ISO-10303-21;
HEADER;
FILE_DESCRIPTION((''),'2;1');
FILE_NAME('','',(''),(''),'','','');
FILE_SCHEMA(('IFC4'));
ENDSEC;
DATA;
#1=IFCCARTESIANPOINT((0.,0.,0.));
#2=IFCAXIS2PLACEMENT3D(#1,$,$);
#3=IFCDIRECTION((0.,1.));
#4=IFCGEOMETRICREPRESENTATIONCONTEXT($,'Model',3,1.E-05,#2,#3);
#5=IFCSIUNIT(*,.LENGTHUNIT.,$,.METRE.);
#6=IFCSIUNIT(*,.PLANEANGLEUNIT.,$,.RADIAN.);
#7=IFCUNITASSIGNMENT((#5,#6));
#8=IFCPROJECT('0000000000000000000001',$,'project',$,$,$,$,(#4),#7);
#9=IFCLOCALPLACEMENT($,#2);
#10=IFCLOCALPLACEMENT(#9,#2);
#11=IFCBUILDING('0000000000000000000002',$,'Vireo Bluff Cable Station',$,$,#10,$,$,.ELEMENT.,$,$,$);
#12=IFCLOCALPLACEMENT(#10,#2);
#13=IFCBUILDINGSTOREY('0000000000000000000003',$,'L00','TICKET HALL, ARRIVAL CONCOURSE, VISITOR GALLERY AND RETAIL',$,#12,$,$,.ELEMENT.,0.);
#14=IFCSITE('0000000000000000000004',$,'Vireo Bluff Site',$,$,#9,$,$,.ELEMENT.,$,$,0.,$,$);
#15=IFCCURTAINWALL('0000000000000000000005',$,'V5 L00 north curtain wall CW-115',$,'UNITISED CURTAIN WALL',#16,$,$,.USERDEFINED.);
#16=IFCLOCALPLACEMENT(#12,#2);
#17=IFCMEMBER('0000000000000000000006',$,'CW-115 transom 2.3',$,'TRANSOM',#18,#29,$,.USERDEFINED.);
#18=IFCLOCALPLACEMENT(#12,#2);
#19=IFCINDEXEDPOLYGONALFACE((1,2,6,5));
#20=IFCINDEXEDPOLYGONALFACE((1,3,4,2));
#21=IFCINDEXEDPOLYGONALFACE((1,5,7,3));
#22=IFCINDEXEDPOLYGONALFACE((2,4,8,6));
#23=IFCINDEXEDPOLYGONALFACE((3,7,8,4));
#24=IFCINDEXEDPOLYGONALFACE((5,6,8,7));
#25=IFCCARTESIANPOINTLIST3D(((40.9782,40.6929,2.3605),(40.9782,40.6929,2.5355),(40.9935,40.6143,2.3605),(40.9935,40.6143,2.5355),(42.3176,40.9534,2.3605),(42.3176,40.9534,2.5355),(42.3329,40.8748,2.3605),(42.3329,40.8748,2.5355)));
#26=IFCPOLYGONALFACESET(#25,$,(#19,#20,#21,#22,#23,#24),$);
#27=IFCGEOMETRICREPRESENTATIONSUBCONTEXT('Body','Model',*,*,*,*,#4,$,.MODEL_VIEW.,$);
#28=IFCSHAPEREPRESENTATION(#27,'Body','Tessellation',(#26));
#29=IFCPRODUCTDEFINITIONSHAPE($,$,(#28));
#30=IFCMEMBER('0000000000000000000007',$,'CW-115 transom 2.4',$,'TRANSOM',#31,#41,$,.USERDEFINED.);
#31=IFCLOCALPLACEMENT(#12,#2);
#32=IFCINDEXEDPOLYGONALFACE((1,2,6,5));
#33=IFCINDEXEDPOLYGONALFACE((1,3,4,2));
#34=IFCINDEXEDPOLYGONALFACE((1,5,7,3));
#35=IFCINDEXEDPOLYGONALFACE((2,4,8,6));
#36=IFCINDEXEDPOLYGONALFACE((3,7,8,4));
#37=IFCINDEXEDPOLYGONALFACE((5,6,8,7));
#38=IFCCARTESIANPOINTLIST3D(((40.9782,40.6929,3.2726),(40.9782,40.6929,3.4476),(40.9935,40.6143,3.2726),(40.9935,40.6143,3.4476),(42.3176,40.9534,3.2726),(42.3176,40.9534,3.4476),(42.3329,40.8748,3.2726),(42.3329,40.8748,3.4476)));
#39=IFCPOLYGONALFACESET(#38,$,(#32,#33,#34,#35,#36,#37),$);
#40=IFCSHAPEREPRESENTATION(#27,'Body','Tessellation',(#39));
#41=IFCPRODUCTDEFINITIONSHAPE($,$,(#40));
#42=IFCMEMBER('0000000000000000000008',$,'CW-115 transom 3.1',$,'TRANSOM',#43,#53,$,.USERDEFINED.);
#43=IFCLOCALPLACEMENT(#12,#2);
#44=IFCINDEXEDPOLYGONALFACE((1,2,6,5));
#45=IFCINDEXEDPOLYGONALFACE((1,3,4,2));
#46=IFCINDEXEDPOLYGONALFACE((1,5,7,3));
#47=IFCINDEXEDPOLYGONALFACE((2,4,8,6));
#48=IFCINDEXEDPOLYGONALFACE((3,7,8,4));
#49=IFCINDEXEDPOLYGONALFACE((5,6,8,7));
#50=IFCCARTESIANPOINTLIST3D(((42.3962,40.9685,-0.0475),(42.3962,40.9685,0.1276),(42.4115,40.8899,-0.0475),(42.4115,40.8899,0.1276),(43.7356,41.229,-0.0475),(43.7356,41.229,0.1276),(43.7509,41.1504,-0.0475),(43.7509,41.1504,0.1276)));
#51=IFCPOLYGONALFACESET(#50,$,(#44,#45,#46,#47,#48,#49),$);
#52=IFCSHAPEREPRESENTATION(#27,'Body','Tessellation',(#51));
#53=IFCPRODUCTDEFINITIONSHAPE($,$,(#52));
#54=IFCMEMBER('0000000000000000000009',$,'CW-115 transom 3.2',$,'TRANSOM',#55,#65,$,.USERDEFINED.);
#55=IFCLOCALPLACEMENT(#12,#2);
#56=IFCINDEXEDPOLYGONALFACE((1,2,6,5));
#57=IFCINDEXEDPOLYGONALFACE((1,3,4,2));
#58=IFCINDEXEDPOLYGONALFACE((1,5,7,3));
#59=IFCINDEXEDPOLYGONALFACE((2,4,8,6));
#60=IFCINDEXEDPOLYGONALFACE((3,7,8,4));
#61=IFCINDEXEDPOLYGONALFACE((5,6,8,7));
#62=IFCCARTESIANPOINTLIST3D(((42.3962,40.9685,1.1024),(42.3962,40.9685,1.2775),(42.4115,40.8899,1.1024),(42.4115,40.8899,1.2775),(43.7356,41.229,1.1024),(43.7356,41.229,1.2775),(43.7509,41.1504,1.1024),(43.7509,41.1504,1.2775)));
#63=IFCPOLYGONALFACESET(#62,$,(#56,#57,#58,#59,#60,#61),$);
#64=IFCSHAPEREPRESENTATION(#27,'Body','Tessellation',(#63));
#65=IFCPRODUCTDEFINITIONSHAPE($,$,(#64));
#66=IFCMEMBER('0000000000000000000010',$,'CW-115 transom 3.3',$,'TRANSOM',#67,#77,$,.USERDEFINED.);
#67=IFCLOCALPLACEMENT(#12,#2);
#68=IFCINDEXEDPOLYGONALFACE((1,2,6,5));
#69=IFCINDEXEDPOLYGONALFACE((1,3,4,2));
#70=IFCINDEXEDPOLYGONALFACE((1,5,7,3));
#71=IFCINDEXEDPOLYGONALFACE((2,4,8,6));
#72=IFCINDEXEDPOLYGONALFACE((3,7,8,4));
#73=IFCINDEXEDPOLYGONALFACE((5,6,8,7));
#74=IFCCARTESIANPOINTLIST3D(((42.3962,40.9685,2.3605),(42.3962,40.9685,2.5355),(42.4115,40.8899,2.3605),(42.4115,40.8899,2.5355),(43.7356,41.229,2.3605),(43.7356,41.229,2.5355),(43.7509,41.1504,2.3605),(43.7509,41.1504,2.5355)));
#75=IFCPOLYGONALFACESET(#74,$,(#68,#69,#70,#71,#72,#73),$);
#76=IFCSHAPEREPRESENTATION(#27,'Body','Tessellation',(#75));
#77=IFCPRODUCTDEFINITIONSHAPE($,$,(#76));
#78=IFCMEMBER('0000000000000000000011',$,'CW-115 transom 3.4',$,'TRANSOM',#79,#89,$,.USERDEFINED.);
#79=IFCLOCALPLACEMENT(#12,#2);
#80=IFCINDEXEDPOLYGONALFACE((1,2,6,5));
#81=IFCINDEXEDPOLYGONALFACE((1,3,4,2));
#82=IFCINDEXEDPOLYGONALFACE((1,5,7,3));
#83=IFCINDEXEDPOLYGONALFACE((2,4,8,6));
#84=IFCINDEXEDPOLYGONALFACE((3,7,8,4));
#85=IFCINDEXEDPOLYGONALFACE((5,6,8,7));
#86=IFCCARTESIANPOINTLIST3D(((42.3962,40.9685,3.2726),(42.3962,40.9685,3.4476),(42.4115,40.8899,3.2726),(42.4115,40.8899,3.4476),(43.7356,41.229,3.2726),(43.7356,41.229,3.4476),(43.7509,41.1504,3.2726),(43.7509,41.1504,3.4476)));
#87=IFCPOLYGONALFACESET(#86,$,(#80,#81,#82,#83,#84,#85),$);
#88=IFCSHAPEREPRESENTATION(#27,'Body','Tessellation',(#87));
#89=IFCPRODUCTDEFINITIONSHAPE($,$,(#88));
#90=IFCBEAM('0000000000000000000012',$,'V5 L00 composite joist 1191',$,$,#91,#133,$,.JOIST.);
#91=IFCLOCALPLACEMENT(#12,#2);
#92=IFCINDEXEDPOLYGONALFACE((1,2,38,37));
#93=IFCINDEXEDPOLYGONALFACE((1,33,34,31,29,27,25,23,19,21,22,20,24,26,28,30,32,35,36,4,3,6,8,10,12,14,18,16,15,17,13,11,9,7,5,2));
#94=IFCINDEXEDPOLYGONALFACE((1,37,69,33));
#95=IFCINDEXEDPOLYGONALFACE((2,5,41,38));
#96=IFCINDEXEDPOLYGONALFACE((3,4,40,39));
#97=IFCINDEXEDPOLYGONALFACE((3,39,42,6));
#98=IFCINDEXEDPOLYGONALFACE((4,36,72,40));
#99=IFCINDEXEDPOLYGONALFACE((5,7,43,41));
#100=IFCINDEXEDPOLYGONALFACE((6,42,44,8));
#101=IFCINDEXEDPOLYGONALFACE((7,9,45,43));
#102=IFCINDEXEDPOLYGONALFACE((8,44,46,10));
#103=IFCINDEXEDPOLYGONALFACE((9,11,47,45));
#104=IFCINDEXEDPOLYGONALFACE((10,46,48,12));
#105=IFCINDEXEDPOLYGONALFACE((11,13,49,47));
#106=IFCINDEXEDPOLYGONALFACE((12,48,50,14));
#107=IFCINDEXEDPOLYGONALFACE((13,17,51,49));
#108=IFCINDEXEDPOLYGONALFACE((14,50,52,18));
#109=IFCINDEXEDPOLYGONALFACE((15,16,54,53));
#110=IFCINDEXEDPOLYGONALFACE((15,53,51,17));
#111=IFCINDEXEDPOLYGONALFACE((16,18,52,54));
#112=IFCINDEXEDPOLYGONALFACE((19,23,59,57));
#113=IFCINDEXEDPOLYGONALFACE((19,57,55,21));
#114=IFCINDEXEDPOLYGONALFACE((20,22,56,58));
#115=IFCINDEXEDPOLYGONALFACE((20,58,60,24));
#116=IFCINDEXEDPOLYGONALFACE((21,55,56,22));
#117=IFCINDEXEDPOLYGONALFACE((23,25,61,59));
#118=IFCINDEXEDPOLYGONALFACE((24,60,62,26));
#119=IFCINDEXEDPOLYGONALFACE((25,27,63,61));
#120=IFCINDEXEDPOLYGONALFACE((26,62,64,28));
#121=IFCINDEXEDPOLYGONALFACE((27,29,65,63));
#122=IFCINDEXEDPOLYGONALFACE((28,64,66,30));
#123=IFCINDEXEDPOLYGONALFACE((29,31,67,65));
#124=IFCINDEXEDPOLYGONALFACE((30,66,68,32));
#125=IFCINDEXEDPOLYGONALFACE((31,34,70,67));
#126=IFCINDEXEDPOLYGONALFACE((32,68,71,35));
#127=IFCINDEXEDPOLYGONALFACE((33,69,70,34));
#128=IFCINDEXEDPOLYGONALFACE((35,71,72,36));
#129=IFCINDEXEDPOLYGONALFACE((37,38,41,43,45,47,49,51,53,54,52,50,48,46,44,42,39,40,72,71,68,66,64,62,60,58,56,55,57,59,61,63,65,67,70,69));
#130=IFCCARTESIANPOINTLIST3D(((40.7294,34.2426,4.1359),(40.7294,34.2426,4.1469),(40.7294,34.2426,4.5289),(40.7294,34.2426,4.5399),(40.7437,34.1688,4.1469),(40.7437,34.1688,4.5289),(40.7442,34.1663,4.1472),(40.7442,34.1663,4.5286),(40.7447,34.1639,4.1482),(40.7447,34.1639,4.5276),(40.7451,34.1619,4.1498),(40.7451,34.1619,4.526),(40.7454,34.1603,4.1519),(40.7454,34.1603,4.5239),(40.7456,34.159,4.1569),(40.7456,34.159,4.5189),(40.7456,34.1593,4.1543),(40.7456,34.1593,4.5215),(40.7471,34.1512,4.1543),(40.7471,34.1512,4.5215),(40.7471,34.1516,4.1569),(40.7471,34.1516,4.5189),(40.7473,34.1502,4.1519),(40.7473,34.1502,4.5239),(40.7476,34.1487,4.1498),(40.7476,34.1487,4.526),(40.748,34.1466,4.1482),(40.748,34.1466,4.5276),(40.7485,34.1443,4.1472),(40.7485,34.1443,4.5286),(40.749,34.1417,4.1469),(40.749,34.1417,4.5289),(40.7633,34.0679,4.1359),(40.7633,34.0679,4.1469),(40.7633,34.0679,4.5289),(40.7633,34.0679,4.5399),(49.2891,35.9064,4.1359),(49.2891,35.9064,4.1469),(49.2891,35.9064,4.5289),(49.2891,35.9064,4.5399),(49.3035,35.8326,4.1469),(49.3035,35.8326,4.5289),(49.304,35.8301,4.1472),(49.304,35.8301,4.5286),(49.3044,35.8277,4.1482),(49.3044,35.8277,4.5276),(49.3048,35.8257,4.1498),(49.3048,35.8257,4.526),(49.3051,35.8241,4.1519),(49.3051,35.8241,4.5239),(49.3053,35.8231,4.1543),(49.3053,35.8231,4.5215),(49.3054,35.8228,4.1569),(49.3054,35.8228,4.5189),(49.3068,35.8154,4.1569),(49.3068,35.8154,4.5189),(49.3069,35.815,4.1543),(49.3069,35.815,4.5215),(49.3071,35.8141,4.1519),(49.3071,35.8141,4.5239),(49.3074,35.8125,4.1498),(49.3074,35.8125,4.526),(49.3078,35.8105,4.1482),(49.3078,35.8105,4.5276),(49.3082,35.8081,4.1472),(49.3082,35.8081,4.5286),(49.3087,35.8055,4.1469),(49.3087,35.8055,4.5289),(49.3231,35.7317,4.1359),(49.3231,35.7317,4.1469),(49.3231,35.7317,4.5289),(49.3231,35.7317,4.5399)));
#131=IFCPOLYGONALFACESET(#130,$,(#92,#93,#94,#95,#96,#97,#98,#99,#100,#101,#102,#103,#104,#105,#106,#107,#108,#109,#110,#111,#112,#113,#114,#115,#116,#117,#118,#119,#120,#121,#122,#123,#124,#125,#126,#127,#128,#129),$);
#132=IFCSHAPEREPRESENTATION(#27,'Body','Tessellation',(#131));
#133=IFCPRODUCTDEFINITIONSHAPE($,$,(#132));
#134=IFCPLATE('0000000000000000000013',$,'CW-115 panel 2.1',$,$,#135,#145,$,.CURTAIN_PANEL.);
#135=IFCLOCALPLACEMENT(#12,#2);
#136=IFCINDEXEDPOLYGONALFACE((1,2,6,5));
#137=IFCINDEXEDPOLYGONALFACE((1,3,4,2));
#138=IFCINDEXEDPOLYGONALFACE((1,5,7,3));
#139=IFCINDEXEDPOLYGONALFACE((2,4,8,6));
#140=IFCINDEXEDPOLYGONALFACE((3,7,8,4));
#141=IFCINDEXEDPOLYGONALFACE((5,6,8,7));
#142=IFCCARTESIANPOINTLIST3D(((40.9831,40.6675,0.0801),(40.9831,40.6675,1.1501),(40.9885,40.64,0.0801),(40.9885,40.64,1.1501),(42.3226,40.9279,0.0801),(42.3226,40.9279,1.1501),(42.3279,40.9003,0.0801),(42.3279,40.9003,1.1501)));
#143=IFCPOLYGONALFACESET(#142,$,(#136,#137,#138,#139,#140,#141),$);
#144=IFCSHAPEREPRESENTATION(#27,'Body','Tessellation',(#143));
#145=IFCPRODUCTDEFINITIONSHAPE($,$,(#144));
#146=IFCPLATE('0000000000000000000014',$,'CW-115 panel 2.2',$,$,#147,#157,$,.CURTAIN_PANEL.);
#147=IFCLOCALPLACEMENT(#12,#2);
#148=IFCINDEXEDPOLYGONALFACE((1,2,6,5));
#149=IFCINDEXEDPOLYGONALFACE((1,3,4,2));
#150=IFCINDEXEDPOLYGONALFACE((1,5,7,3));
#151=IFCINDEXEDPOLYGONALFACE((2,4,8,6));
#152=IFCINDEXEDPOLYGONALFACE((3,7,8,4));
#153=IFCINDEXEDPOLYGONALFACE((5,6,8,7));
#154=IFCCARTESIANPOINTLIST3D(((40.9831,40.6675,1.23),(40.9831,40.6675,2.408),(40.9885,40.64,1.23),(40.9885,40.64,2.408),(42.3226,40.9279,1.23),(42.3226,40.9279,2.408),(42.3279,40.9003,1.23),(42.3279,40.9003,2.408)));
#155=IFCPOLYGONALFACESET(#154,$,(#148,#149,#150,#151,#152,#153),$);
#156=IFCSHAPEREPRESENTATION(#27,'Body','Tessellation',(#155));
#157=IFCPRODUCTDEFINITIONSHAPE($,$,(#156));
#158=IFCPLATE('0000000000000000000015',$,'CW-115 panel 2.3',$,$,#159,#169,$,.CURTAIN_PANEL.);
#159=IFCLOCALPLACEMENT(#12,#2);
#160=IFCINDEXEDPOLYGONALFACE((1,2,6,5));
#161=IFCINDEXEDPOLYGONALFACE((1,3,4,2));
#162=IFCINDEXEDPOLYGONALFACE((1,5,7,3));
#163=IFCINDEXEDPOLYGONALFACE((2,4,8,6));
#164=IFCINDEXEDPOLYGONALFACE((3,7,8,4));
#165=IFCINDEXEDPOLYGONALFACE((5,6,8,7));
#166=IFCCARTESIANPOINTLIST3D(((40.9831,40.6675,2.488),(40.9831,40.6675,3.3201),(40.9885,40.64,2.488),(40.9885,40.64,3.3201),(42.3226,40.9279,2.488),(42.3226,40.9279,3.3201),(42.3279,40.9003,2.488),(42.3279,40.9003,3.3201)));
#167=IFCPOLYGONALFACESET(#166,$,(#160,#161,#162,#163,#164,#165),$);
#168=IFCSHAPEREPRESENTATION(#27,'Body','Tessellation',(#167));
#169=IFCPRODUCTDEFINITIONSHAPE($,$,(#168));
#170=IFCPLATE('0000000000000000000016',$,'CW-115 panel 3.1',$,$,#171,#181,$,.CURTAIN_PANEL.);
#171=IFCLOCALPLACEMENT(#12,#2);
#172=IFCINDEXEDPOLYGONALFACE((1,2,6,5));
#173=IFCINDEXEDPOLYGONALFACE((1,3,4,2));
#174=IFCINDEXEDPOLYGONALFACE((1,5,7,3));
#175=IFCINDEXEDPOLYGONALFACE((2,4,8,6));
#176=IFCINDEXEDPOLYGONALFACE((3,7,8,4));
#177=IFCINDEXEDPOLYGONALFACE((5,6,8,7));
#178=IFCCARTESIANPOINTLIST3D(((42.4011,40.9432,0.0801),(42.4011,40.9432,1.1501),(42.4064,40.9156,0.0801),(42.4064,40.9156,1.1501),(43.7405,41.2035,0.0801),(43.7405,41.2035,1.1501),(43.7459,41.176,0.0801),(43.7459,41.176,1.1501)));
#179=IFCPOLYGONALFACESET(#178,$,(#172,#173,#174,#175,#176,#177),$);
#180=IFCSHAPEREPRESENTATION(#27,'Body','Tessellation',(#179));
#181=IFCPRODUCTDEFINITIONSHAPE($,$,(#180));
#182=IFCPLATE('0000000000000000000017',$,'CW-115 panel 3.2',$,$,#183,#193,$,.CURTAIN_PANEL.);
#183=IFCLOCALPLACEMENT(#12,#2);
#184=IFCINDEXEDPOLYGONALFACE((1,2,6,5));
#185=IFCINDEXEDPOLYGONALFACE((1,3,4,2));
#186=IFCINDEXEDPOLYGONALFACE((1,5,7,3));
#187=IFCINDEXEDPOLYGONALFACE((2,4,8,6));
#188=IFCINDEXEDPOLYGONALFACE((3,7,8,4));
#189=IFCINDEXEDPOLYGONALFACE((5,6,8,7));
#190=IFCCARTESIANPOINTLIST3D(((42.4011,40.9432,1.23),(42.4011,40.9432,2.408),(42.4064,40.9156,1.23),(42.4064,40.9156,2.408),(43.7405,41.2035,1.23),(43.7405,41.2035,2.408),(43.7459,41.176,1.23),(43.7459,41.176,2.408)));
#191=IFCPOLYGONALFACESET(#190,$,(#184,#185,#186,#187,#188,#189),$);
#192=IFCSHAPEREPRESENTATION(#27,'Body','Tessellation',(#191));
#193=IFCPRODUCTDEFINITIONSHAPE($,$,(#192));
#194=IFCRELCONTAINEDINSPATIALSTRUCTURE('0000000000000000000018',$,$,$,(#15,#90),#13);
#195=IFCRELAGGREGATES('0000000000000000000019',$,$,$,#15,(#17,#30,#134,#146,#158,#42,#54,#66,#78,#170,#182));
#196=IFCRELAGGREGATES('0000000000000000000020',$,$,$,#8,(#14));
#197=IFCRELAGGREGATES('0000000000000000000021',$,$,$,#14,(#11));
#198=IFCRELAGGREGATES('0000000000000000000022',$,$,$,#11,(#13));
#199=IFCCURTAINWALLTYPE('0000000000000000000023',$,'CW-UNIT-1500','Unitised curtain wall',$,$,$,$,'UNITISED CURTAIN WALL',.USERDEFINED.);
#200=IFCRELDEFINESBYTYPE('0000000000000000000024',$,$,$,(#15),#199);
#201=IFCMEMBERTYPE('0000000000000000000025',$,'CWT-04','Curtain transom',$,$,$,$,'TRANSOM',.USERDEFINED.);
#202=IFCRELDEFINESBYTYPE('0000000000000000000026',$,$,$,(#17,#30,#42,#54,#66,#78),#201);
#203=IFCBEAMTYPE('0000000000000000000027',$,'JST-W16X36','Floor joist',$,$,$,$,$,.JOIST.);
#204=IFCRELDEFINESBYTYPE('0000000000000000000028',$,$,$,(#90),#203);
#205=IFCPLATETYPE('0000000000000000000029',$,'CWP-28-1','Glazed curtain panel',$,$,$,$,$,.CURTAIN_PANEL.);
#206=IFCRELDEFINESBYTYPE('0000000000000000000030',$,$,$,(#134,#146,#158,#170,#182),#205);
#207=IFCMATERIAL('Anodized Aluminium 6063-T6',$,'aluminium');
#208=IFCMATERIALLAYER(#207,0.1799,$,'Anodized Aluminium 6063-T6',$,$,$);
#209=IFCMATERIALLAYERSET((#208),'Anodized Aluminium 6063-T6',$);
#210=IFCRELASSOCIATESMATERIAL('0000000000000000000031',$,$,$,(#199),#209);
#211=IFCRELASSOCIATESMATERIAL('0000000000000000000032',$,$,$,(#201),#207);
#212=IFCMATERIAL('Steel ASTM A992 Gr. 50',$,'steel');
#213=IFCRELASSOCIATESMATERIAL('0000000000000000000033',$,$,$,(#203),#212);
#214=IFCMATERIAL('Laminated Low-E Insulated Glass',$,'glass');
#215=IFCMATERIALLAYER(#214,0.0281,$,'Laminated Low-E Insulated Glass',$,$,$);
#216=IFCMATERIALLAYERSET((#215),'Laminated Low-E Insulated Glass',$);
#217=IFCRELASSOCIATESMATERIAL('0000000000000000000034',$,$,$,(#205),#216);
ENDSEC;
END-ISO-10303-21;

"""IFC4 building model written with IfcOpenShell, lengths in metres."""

from ifc_helpers import new_model, si_unit, direction, frame, origin, origin_2d, place, context, subcontext, project, spatial, rectangle, i_section, extrude, material, layer, layer_set, material_profile, profile_set, type_object, element, aggregate, save


model = new_model("IFC4")

# Units and contexts
model_context = context("Model", 3, precision=1e-05, world=origin(), true_north=direction((0.0, 1.0)))
body_context = subcontext(model_context, "Body", "Model", "MODEL_VIEW")
ifc_project = project(units=[si_unit("LENGTHUNIT", "METRE"), si_unit("PLANEANGLEUNIT", "RADIAN")], contexts=[model_context])

# Site, building, storey
site_placement = place(None, origin())
site = spatial("IfcSite", under=ifc_project, at=site_placement, Name="Vireo Bluff Site", CompositionType="ELEMENT", RefElevation=0.0)
building_placement = place(site_placement, origin())
building = spatial("IfcBuilding", under=site, at=building_placement, Name="Vireo Bluff Cable Station", CompositionType="ELEMENT")
storey_placement = place(building_placement, origin())
storey = spatial("IfcBuildingStorey", under=building, at=storey_placement, Name="L00", Description="TICKET HALL, ARRIVAL CONCOURSE, VISITOR GALLERY AND RETAIL", CompositionType="ELEMENT", Elevation=0.0)

# Shared definitions
ifc_material_1 = material(Name="Anodized Aluminium 6063-T6", Category="aluminium")

# Curtain wall
ifc_layer_1 = layer(ifc_material_1, 0.1799, Name="Anodized Aluminium 6063-T6")
ifc_layer_set_1 = layer_set([ifc_layer_1], Name="Anodized Aluminium 6063-T6")
curtain_wall_type_1 = type_object("IfcCurtainWallType", Name="CW-UNIT-1500", Description="Unitised curtain wall", ElementType="UNITISED CURTAIN WALL", PredefinedType="USERDEFINED", material=ifc_layer_set_1)
curtain_wall_1_placement = place(storey_placement, origin())
curtain_wall_1 = element("IfcCurtainWall", 1, at=curtain_wall_1_placement, inside=storey, type_object=curtain_wall_type_1, Name="V5 L00 north curtain wall CW-115", ObjectType="UNITISED CURTAIN WALL", PredefinedType="USERDEFINED")

# Members
ifc_material_profile_1 = material_profile(ifc_material_1, rectangle(XDim=0.0801, YDim=0.175, at=origin_2d()), Name="ALU-T-80X175")
ifc_profile_set_1 = profile_set([ifc_material_profile_1], Name="Anodized Aluminium 6063-T6")
member_type_1 = type_object("IfcMemberType", Name="CWT-04", Description="Curtain transom", ElementType="TRANSOM", PredefinedType="USERDEFINED", material=ifc_profile_set_1)
member_1_placement = place(storey_placement, frame((40.9858, 40.6536, 2.448), z_axis=(0.981606, 0.190918, 0.0), x_axis=(-0.190918, 0.981606, 0.0)))
member_1 = element("IfcMember", 2, at=member_1_placement, type_object=member_type_1, Name="CW-115 transom 2.3", ObjectType="TRANSOM", PredefinedType="USERDEFINED", context=body_context, shape_type="SweptSolid", body=[
    extrude(rectangle(XDim=0.0801, YDim=0.175, at=origin_2d()), origin(), (0.0, 0.0, 1.0), 1.3645),
])
member_2_placement = place(storey_placement, frame((40.9858, 40.6536, 3.3601), z_axis=(0.981606, 0.190918, 0.0), x_axis=(-0.190918, 0.981606, 0.0)))
member_2 = element("IfcMember", 3, at=member_2_placement, type_object=member_type_1, Name="CW-115 transom 2.4", ObjectType="TRANSOM", PredefinedType="USERDEFINED", context=body_context, shape_type="SweptSolid", body=[
    extrude(rectangle(XDim=0.0801, YDim=0.175, at=origin_2d()), origin(), (0.0, 0.0, 1.0), 1.3645),
])
member_3_placement = place(storey_placement, frame((42.4038, 40.9292, 0.04), z_axis=(0.981606, 0.190918, 0.0), x_axis=(-0.190918, 0.981606, 0.0)))
member_3 = element("IfcMember", 4, at=member_3_placement, type_object=member_type_1, Name="CW-115 transom 3.1", ObjectType="TRANSOM", PredefinedType="USERDEFINED", context=body_context, shape_type="SweptSolid", body=[
    extrude(rectangle(XDim=0.0801, YDim=0.175, at=origin_2d()), origin(), (0.0, 0.0, 1.0), 1.3645),
])
member_4_placement = place(storey_placement, frame((42.4038, 40.9292, 1.1899), z_axis=(0.981606, 0.190918, 0.0), x_axis=(-0.190918, 0.981606, 0.0)))
member_4 = element("IfcMember", 5, at=member_4_placement, type_object=member_type_1, Name="CW-115 transom 3.2", ObjectType="TRANSOM", PredefinedType="USERDEFINED", context=body_context, shape_type="SweptSolid", body=[
    extrude(rectangle(XDim=0.0801, YDim=0.175, at=origin_2d()), origin(), (0.0, 0.0, 1.0), 1.3645),
])
member_5_placement = place(storey_placement, frame((42.4038, 40.9292, 2.448), z_axis=(0.981606, 0.190918, 0.0), x_axis=(-0.190918, 0.981606, 0.0)))
member_5 = element("IfcMember", 6, at=member_5_placement, type_object=member_type_1, Name="CW-115 transom 3.3", ObjectType="TRANSOM", PredefinedType="USERDEFINED", context=body_context, shape_type="SweptSolid", body=[
    extrude(rectangle(XDim=0.0801, YDim=0.175, at=origin_2d()), origin(), (0.0, 0.0, 1.0), 1.3645),
])
member_6_placement = place(storey_placement, frame((42.4038, 40.9292, 3.3601), z_axis=(0.981606, 0.190918, 0.0), x_axis=(-0.190918, 0.981606, 0.0)))
member_6 = element("IfcMember", 7, at=member_6_placement, type_object=member_type_1, Name="CW-115 transom 3.4", ObjectType="TRANSOM", PredefinedType="USERDEFINED", context=body_context, shape_type="SweptSolid", body=[
    extrude(rectangle(XDim=0.0801, YDim=0.175, at=origin_2d()), origin(), (0.0, 0.0, 1.0), 1.3645),
])

# Beam
ifc_material_2 = material(Name="Steel ASTM A992 Gr. 50", Category="steel")
ifc_material_profile_2 = material_profile(ifc_material_2, i_section(OverallWidth=0.178, OverallDepth=0.4041, WebThickness=0.0076, FlangeThickness=0.011, FilletRadius=0.01, at=origin_2d()), Name="W16X36")
ifc_profile_set_2 = profile_set([ifc_material_profile_2], Name="Steel ASTM A992 Gr. 50")
beam_type = type_object("IfcBeamType", Name="JST-W16X36", Description="Floor joist", PredefinedType="JOIST", material=ifc_profile_set_2)
beam_placement = place(storey_placement, frame((40.7463, 34.1553, 4.3379), z_axis=(0.981628, 0.190804, 0.0), x_axis=(-0.190804, 0.981628, 0.0)))
element("IfcBeam", 8, at=beam_placement, inside=storey, type_object=beam_type, Name="V5 L00 composite joist 1191", PredefinedType="JOIST", context=body_context, shape_type="SweptSolid", body=[
    extrude(i_section(OverallWidth=0.178, OverallDepth=0.4041, WebThickness=0.0076, FlangeThickness=0.011, FilletRadius=0.01, at=origin_2d()), origin(), (0.0, 0.0, 1.0), 8.72),
])

# Plates
ifc_material_3 = material(Name="Laminated Low-E Insulated Glass", Category="glass")
ifc_layer_2 = layer(ifc_material_3, 0.0281, Name="Laminated Low-E Insulated Glass")
ifc_layer_set_2 = layer_set([ifc_layer_2], Name="Laminated Low-E Insulated Glass")
plate_type = type_object("IfcPlateType", Name="CWP-28-1", Description="Glazed curtain panel", PredefinedType="CURTAIN_PANEL", material=ifc_layer_set_2)
plate_1_placement = place(storey_placement, frame((41.6555, 40.7839, 0.0801), z_axis=(0.0, 0.0, 1.0), x_axis=(0.981627, 0.190809, 0.0)))
plate_1 = element("IfcPlate", 9, at=plate_1_placement, type_object=plate_type, Name="CW-115 panel 2.1", PredefinedType="CURTAIN_PANEL", context=body_context, shape_type="SweptSolid", body=[
    extrude(rectangle(XDim=1.3645, YDim=0.0281, at=origin_2d()), origin(), (0.0, 0.0, 1.0), 1.0701),
])
plate_2_placement = place(storey_placement, frame((41.6555, 40.7839, 1.23), z_axis=(0.0, 0.0, 1.0), x_axis=(0.981627, 0.190809, 0.0)))
plate_2 = element("IfcPlate", 10, at=plate_2_placement, type_object=plate_type, Name="CW-115 panel 2.2", PredefinedType="CURTAIN_PANEL", context=body_context, shape_type="SweptSolid", body=[
    extrude(rectangle(XDim=1.3645, YDim=0.0281, at=origin_2d()), origin(), (0.0, 0.0, 1.0), 1.178),
])
plate_3_placement = place(storey_placement, frame((41.6555, 40.7839, 2.488), z_axis=(0.0, 0.0, 1.0), x_axis=(0.981627, 0.190809, 0.0)))
plate_3 = element("IfcPlate", 11, at=plate_3_placement, type_object=plate_type, Name="CW-115 panel 2.3", PredefinedType="CURTAIN_PANEL", context=body_context, shape_type="SweptSolid", body=[
    extrude(rectangle(XDim=1.3645, YDim=0.0281, at=origin_2d()), origin(), (0.0, 0.0, 1.0), 0.832),
])
plate_4_placement = place(storey_placement, frame((43.0735, 41.0596, 0.0801), z_axis=(0.0, 0.0, 1.0), x_axis=(0.981627, 0.190809, 0.0)))
plate_4 = element("IfcPlate", 12, at=plate_4_placement, type_object=plate_type, Name="CW-115 panel 3.1", PredefinedType="CURTAIN_PANEL", context=body_context, shape_type="SweptSolid", body=[
    extrude(rectangle(XDim=1.3645, YDim=0.0281, at=origin_2d()), origin(), (0.0, 0.0, 1.0), 1.0701),
])
plate_5_placement = place(storey_placement, frame((43.0735, 41.0596, 1.23), z_axis=(0.0, 0.0, 1.0), x_axis=(0.981627, 0.190809, 0.0)))
plate_5 = element("IfcPlate", 13, at=plate_5_placement, type_object=plate_type, Name="CW-115 panel 3.2", PredefinedType="CURTAIN_PANEL", context=body_context, shape_type="SweptSolid", body=[
    extrude(rectangle(XDim=1.3645, YDim=0.0281, at=origin_2d()), origin(), (0.0, 0.0, 1.0), 1.178),
])
aggregate(curtain_wall_1, [member_1, member_2, plate_1, plate_2, plate_3, member_3, member_4, member_5, member_6, plate_4, plate_5])

save(model, "model.ifc")
